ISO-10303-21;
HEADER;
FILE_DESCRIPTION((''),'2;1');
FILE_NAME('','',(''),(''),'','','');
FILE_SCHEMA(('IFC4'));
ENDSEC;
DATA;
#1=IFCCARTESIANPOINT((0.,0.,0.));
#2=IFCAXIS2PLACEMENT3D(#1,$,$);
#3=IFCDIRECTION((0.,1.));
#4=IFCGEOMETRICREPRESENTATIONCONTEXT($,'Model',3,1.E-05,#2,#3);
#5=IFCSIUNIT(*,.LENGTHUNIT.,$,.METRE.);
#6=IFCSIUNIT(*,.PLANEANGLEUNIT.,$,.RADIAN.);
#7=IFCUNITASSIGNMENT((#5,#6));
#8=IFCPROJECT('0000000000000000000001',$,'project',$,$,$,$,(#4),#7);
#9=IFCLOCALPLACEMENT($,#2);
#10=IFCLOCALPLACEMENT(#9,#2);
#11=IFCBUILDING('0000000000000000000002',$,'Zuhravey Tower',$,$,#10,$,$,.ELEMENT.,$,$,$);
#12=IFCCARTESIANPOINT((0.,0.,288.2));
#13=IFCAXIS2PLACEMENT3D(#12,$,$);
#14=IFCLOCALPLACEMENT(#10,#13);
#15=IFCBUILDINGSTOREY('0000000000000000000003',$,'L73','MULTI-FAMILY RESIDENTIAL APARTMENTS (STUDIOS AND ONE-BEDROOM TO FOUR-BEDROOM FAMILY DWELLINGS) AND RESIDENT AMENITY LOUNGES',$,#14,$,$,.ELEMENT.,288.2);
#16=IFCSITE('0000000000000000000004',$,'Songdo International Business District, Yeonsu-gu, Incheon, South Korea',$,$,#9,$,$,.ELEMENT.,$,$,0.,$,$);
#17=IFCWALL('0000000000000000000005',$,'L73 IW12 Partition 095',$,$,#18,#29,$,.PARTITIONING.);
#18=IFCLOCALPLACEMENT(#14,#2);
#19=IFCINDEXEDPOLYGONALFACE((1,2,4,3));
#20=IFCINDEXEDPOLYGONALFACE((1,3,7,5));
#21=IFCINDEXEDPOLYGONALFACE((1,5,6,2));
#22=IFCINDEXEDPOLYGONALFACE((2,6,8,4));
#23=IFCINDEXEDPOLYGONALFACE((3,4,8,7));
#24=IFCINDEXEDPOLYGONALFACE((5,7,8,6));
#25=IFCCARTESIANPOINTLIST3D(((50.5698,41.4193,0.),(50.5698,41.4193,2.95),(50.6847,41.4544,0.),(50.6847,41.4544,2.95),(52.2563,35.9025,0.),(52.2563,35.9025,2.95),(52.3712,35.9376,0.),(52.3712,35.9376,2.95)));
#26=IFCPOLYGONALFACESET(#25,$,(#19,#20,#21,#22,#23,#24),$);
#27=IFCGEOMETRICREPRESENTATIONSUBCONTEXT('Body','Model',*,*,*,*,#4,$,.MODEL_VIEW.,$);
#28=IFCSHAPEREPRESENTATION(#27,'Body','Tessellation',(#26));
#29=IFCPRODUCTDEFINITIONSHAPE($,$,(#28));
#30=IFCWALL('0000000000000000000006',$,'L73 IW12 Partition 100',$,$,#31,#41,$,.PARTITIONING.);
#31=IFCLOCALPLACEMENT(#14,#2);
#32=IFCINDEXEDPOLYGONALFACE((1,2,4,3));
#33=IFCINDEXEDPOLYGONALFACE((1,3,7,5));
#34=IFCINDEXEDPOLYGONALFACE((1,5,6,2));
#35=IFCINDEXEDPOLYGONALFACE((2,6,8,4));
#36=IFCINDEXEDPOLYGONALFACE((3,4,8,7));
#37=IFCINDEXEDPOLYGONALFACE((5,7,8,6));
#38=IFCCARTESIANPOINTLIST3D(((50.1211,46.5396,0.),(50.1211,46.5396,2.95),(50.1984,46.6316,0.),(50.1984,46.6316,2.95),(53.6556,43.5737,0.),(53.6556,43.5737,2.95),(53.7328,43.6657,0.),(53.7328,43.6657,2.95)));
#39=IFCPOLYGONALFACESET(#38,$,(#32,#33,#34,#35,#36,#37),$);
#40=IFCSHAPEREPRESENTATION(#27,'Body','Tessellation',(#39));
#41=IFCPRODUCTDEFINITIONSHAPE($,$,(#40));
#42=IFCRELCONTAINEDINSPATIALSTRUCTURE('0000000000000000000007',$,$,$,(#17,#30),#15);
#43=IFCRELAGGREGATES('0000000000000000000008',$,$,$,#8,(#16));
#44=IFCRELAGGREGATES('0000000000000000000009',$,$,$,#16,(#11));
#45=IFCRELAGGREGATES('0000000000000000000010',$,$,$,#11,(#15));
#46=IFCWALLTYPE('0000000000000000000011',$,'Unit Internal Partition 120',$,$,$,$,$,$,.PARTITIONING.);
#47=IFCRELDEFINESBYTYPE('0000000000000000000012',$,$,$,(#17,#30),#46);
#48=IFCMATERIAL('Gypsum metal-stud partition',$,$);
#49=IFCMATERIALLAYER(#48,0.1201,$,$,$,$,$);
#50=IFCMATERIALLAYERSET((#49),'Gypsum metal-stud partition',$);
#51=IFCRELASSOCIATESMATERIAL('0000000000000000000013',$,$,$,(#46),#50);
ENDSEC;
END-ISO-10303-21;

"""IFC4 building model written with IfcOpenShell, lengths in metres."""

from ifc_helpers import new_model, si_unit, direction, frame, frame_2d, origin, place, context, subcontext, project, spatial, rectangle, extrude, material, layer, layer_set, type_object, element, save


model = new_model("IFC4")

# Units and contexts
model_context = context("Model", 3, precision=1e-05, world=origin(), true_north=direction((0.0, 1.0)))
body_context = subcontext(model_context, "Body", "Model", "MODEL_VIEW")
ifc_project = project(units=[si_unit("LENGTHUNIT", "METRE"), si_unit("PLANEANGLEUNIT", "RADIAN")], contexts=[model_context])

# Site, building, storey
site_placement = place(None, origin())
site = spatial("IfcSite", under=ifc_project, at=site_placement, Name="Songdo International Business District, Yeonsu-gu, Incheon, South Korea", CompositionType="ELEMENT", RefElevation=0.0)
building_placement = place(site_placement, origin())
building = spatial("IfcBuilding", under=site, at=building_placement, Name="Zuhravey Tower", CompositionType="ELEMENT")
storey_placement = place(building_placement, frame((0.0, 0.0, 288.2)))
storey = spatial("IfcBuildingStorey", under=building, at=storey_placement, Name="L73", Description="MULTI-FAMILY RESIDENTIAL APARTMENTS (STUDIOS AND ONE-BEDROOM TO FOUR-BEDROOM FAMILY DWELLINGS) AND RESIDENT AMENITY LOUNGES", CompositionType="ELEMENT", Elevation=288.2)

# Shared definitions
ifc_material_1 = material(Name="Gypsum metal-stud partition")
ifc_layer_1 = layer(ifc_material_1, 0.1201)
ifc_layer_set_1 = layer_set([ifc_layer_1], Name="Gypsum metal-stud partition")
wall_type_1 = type_object("IfcWallType", Name="Unit Internal Partition 120", PredefinedType="PARTITIONING", material=ifc_layer_set_1)

# Walls
wall_1_placement = place(storey_placement, frame((52.3137, 35.9202, 0.0), z_axis=(0.0, 0.0, 1.0), x_axis=(-0.292349, 0.956312, 0.0)))
element("IfcWall", 1, at=wall_1_placement, inside=storey, type_object=wall_type_1, Name="L73 IW12 Partition 095", PredefinedType="PARTITIONING", context=body_context, shape_type="SweptSolid", body=[
    extrude(rectangle(XDim=5.7688, YDim=0.1201, at=frame_2d((2.8843, 0.0))), origin(), (0.0, 0.0, 1.0), 2.95),
])
wall_2_placement = place(storey_placement, frame((53.6943, 43.6196, 0.0), z_axis=(0.0, 0.0, 1.0), x_axis=(-0.766035, 0.642799, 0.0)))
element("IfcWall", 2, at=wall_2_placement, inside=storey, type_object=wall_type_1, Name="L73 IW12 Partition 100", PredefinedType="PARTITIONING", context=body_context, shape_type="SweptSolid", body=[
    extrude(rectangle(XDim=4.614, YDim=0.1201, at=frame_2d((2.3071, 0.0))), origin(), (0.0, 0.0, 1.0), 2.95),
])

save(model, "model.ifc")
